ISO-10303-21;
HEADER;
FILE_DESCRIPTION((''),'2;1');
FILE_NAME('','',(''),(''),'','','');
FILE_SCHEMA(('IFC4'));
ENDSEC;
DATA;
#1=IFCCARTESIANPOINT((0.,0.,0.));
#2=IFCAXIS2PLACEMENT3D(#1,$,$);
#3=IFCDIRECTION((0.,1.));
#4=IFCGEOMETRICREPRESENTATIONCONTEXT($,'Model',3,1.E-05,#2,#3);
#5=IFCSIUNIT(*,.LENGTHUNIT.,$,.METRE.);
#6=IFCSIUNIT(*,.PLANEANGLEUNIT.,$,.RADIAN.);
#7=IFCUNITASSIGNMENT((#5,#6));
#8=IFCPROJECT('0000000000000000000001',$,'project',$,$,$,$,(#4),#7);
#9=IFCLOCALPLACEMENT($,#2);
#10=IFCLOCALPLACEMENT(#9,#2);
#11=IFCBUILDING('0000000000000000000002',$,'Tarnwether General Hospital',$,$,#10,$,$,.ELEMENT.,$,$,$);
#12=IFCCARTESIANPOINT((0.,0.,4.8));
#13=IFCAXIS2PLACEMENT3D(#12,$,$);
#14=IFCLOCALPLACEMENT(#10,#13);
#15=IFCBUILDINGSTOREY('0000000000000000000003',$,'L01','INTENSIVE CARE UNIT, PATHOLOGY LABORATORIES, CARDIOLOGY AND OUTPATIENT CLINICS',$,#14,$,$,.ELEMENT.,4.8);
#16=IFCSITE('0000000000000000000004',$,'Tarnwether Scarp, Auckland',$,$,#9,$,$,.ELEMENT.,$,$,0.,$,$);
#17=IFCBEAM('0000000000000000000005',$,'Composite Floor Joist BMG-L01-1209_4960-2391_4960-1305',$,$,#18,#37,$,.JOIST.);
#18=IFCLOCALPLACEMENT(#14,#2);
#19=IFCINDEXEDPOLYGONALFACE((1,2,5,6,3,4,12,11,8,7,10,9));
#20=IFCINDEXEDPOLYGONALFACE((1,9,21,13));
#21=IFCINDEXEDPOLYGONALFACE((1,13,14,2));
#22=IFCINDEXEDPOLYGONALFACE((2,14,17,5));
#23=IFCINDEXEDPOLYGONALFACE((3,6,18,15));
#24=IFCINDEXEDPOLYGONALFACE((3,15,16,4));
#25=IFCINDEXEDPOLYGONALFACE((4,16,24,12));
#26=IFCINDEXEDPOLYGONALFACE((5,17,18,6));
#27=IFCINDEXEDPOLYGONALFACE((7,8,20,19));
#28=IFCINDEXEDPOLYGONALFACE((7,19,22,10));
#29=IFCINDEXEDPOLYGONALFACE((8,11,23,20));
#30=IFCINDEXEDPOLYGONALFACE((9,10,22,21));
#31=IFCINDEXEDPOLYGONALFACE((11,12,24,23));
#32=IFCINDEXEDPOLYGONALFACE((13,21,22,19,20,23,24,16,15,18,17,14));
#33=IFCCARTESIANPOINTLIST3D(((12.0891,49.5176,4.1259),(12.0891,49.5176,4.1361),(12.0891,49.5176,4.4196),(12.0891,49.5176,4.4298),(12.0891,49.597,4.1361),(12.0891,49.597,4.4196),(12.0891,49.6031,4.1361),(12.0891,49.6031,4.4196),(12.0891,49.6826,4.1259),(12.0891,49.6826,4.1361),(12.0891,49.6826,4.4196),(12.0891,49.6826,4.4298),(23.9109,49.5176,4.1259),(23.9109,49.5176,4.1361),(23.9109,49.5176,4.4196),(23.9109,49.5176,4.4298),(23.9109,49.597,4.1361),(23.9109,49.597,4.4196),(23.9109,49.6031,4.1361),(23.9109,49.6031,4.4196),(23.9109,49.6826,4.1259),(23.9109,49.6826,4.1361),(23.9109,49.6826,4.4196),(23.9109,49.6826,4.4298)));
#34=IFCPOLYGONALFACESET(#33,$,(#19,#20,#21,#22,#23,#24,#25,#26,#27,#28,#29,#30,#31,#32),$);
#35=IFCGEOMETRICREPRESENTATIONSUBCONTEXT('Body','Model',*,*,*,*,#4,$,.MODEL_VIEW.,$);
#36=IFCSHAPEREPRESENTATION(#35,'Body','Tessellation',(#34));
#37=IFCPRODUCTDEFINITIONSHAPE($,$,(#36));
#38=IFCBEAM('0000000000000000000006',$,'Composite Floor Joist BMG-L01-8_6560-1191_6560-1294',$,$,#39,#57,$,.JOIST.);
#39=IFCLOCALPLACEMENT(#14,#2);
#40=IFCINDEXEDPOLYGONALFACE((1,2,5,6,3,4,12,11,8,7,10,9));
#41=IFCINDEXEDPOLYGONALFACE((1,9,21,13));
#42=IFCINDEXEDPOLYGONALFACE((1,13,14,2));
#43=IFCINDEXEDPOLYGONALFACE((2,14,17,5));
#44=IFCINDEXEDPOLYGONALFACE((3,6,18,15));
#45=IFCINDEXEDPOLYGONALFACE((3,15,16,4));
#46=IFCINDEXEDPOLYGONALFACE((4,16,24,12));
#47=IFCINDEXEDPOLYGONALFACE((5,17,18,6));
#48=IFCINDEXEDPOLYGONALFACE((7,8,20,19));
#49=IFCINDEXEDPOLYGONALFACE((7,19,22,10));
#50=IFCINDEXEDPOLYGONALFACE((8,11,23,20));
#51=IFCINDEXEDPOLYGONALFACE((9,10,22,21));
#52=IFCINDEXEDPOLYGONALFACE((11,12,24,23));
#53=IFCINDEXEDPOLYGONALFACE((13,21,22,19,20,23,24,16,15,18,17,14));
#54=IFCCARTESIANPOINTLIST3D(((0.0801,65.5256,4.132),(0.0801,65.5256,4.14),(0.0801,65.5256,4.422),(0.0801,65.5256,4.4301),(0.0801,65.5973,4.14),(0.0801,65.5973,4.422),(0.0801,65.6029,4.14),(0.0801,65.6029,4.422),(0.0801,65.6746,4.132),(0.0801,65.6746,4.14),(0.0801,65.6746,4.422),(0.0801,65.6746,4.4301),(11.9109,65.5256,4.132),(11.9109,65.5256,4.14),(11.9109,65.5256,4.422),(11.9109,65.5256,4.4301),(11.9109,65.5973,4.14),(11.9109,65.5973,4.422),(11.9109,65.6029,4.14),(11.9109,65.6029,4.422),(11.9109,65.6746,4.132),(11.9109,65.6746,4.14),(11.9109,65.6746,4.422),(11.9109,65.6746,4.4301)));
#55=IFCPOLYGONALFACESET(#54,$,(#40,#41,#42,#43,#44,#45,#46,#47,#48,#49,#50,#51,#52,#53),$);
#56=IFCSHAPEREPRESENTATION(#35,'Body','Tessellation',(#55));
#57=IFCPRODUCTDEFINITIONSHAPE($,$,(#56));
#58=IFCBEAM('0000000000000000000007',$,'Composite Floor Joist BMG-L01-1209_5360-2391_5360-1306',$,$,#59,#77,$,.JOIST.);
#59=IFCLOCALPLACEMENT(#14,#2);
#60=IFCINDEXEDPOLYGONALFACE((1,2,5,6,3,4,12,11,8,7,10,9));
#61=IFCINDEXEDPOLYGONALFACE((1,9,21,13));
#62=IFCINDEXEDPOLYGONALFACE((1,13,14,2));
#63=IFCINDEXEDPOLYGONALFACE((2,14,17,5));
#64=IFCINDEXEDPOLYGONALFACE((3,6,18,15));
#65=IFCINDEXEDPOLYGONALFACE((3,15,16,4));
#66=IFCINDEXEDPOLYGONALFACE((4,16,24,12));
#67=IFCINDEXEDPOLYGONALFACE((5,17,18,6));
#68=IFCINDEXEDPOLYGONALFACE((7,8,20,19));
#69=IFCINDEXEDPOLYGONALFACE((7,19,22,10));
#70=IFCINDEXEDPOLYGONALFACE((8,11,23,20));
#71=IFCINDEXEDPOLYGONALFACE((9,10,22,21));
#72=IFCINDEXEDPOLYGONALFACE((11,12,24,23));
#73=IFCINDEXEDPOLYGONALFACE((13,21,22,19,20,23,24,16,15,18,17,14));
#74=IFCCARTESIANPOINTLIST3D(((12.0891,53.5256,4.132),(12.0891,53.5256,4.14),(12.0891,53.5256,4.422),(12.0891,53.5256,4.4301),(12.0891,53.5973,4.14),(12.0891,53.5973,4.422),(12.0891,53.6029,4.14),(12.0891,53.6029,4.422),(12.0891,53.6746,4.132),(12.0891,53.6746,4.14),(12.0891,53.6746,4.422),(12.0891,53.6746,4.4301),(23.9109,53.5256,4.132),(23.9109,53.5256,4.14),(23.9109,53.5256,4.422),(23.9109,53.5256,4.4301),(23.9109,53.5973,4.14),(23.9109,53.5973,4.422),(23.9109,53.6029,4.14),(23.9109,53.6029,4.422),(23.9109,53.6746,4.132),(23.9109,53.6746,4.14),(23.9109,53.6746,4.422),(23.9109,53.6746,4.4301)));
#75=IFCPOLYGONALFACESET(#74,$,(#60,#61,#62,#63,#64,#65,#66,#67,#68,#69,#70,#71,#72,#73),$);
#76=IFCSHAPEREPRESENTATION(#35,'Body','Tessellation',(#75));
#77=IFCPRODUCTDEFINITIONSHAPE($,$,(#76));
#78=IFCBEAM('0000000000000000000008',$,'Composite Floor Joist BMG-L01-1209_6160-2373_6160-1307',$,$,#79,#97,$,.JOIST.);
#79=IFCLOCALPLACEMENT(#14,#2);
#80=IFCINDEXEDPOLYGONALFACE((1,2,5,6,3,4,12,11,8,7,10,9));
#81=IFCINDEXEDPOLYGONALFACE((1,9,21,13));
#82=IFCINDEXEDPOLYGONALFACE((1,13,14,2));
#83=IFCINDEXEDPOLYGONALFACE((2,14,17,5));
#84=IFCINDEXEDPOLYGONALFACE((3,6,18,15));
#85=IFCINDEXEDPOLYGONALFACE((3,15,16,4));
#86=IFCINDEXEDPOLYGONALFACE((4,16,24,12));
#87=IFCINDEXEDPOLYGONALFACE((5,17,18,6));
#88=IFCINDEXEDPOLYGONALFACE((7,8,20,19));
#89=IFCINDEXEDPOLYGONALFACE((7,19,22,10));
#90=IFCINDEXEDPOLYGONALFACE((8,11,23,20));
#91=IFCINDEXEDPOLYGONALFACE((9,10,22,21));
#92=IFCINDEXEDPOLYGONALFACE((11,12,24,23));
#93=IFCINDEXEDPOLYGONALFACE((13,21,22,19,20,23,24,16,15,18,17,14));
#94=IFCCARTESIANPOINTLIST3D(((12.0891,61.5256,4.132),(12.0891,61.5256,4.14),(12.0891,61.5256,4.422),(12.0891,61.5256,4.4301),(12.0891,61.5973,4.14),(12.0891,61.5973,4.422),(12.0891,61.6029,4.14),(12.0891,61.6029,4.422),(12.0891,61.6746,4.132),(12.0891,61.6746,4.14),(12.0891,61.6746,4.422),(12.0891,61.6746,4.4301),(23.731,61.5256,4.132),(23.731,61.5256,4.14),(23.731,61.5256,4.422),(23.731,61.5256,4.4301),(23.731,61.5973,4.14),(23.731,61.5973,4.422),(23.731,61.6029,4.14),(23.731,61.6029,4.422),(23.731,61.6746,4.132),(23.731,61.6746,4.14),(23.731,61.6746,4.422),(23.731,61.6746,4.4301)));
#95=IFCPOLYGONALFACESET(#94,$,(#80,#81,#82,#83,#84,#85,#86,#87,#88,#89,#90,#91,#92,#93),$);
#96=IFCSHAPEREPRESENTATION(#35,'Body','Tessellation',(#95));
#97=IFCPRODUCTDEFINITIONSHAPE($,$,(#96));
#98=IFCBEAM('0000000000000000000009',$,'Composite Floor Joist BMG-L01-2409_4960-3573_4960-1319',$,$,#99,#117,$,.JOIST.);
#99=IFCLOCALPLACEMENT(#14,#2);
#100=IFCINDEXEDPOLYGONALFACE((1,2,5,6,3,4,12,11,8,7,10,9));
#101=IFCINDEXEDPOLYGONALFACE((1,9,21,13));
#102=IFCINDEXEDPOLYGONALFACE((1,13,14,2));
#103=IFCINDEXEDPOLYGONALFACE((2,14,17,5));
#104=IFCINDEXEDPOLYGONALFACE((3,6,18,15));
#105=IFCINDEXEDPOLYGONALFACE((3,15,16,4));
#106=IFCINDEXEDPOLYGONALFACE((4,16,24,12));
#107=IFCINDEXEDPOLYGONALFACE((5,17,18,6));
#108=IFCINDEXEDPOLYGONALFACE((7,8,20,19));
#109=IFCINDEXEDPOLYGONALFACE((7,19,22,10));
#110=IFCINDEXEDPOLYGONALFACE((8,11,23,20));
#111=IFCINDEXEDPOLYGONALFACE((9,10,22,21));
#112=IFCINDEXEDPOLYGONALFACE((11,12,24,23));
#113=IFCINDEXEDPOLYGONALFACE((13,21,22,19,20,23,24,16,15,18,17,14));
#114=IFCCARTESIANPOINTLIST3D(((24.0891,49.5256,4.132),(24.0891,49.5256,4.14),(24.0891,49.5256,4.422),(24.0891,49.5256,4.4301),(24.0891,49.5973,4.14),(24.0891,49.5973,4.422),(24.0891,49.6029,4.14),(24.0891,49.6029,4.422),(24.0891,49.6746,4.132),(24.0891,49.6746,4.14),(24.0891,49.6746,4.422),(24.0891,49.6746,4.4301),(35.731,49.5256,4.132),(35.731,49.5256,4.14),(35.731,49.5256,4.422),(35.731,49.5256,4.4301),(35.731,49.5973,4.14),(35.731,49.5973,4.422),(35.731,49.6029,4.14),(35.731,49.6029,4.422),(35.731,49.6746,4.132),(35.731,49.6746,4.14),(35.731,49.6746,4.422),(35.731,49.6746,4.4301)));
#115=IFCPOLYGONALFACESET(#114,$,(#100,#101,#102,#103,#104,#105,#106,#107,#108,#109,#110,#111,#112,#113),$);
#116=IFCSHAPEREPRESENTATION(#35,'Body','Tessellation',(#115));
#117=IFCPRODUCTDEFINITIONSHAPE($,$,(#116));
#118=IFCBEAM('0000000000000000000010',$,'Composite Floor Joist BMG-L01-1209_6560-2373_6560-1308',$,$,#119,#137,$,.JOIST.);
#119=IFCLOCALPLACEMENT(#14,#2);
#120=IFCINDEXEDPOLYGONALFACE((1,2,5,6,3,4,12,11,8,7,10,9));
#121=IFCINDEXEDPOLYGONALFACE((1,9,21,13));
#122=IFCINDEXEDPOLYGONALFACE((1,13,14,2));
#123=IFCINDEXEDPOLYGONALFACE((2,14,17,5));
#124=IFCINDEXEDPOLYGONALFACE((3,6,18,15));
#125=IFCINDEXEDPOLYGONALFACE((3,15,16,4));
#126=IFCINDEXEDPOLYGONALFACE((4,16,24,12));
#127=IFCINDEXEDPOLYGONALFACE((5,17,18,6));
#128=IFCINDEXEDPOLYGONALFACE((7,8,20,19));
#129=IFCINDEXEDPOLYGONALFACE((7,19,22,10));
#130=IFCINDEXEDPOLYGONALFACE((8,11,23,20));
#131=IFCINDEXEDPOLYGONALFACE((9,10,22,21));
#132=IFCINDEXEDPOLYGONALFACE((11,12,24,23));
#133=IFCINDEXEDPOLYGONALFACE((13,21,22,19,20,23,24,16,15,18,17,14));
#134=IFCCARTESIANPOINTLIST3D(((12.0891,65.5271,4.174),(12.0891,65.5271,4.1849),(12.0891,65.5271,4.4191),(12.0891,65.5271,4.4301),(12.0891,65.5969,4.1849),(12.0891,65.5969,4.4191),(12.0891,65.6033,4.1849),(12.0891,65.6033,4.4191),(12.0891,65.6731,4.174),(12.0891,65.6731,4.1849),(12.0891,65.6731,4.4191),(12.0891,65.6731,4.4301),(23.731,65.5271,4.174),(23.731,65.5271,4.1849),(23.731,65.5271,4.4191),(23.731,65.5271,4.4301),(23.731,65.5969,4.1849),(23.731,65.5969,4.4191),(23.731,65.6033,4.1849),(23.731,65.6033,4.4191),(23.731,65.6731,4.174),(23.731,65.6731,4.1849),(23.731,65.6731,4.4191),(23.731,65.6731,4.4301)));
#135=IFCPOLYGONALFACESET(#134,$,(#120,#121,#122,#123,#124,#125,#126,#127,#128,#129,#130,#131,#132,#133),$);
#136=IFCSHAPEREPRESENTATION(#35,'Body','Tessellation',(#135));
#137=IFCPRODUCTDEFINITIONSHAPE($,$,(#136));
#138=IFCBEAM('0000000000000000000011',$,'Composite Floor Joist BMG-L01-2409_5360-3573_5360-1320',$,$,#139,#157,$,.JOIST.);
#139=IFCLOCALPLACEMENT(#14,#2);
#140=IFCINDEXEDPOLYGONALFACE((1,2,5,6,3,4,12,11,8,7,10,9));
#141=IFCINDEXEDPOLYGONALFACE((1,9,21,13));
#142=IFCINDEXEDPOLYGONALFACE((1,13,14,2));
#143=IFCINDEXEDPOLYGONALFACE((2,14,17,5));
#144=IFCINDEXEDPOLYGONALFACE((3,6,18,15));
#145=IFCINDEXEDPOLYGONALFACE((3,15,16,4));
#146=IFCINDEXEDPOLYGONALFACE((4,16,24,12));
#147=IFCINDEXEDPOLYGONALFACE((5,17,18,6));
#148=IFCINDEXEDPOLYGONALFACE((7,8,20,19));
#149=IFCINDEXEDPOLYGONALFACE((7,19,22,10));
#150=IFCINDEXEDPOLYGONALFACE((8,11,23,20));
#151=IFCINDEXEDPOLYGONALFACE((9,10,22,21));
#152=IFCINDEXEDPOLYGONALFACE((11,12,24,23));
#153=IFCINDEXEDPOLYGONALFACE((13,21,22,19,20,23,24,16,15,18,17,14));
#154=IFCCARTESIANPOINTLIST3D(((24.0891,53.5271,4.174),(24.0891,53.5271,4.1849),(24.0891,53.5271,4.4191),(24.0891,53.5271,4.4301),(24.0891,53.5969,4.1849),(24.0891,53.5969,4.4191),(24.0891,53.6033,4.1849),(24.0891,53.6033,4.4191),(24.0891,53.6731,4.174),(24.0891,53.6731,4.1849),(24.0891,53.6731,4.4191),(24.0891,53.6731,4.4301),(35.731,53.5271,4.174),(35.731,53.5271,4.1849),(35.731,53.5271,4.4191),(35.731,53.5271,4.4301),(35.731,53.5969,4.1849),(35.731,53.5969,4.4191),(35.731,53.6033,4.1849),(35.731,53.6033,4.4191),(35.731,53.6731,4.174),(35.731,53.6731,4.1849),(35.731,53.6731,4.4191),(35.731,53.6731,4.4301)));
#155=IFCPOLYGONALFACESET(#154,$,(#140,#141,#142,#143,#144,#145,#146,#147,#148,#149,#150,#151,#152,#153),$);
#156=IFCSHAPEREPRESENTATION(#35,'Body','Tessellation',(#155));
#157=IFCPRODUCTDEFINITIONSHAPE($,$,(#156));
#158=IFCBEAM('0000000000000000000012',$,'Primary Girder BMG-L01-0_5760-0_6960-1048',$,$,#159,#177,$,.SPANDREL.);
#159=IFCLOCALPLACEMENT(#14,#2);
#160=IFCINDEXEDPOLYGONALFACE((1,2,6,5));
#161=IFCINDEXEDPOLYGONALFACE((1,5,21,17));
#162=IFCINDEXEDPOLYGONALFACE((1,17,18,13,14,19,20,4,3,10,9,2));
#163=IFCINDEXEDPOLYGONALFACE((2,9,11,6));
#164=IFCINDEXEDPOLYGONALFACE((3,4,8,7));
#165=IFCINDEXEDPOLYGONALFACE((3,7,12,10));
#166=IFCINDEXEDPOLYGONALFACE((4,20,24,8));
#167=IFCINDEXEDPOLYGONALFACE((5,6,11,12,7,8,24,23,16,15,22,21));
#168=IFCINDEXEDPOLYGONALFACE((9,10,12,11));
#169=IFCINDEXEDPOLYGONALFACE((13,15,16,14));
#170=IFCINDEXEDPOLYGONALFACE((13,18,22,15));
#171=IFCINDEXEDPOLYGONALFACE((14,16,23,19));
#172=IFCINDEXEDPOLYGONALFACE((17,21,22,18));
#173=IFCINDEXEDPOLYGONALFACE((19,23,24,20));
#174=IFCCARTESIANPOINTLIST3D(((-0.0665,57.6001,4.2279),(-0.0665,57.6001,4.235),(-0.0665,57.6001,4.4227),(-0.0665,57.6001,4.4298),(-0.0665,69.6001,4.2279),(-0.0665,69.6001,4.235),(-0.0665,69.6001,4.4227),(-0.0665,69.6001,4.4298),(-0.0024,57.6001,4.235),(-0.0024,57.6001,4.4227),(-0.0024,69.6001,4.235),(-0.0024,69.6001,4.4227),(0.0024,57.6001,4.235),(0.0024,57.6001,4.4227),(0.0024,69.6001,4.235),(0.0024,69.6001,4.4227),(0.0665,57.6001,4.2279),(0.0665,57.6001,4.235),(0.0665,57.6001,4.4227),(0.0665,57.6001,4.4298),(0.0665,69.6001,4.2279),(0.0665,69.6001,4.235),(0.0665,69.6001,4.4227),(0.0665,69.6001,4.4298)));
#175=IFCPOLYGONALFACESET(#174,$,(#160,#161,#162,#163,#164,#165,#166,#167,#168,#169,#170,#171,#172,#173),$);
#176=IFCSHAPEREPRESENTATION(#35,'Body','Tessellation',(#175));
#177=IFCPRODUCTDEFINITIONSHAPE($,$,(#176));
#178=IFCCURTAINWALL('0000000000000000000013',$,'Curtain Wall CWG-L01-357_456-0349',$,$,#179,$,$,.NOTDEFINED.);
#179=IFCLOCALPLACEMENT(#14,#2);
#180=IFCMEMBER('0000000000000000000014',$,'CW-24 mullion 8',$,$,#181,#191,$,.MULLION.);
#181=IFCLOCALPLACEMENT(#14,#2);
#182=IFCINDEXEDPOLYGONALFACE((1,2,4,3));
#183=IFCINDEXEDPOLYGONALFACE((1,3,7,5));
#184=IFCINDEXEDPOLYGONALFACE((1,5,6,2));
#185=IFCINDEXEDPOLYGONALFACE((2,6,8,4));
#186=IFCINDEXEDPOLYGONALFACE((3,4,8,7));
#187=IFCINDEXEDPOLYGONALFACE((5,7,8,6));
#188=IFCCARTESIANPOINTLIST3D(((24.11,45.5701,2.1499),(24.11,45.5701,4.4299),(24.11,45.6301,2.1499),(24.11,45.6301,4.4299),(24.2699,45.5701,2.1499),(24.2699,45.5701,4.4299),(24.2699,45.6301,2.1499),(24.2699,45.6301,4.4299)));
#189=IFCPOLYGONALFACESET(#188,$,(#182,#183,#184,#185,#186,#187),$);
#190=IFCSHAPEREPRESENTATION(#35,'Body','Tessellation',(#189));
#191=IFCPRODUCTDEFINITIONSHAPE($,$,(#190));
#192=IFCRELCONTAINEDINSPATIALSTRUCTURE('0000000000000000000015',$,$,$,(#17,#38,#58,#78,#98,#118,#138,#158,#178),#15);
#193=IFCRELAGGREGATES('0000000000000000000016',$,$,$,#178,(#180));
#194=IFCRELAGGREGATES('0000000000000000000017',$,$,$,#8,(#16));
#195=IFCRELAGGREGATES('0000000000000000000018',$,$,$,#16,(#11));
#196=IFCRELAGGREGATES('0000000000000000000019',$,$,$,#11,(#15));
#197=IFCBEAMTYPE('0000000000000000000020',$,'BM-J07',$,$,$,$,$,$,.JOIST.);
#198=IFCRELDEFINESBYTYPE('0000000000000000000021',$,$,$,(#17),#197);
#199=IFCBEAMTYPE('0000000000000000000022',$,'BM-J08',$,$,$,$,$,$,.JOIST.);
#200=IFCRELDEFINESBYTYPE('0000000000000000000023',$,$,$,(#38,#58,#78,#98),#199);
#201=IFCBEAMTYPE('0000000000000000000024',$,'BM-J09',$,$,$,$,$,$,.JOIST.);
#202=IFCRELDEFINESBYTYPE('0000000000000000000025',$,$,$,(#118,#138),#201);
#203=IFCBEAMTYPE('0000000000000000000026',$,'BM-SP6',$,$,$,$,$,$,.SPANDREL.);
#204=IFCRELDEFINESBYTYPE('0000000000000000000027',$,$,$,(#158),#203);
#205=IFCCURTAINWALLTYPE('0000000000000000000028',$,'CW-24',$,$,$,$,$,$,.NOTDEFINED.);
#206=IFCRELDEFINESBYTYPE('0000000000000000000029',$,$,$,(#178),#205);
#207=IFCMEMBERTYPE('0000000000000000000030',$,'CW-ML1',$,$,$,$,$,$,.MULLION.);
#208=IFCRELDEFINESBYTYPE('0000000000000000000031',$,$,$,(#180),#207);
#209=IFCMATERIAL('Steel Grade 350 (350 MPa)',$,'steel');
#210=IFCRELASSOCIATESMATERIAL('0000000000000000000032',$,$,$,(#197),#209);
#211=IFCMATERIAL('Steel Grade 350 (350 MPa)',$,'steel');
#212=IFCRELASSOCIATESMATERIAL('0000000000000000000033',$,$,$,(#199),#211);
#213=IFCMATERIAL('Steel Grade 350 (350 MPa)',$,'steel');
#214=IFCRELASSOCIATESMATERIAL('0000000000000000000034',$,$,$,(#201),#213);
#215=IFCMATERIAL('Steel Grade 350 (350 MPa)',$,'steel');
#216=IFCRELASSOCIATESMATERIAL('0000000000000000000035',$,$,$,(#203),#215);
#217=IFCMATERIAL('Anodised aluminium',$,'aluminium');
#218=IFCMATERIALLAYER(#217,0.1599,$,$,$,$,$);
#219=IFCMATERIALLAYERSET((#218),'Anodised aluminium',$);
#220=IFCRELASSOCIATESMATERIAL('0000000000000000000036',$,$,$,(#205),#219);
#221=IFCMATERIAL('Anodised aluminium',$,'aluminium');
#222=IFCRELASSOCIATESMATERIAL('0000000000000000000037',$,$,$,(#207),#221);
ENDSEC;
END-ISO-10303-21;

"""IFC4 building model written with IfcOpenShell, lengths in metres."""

from ifc_helpers import new_model, si_unit, direction, frame, origin, origin_2d, place, context, subcontext, project, spatial, rectangle, i_section, extrude, material, layer, layer_set, material_profile, profile_set, type_object, element, aggregate, save


model = new_model("IFC4")

# Units and contexts
model_context = context("Model", 3, precision=1e-05, world=origin(), true_north=direction((0.0, 1.0)))
body_context = subcontext(model_context, "Body", "Model", "MODEL_VIEW")
ifc_project = project(units=[si_unit("LENGTHUNIT", "METRE"), si_unit("PLANEANGLEUNIT", "RADIAN")], contexts=[model_context])

# Site, building, storey
site_placement = place(None, origin())
site = spatial("IfcSite", under=ifc_project, at=site_placement, Name="Tarnwether Scarp, Auckland", CompositionType="ELEMENT", RefElevation=0.0)
building_placement = place(site_placement, origin())
building = spatial("IfcBuilding", under=site, at=building_placement, Name="Tarnwether General Hospital", CompositionType="ELEMENT")
storey_placement = place(building_placement, frame((0.0, 0.0, 4.8)))
storey = spatial("IfcBuildingStorey", under=building, at=storey_placement, Name="L01", Description="INTENSIVE CARE UNIT, PATHOLOGY LABORATORIES, CARDIOLOGY AND OUTPATIENT CLINICS", CompositionType="ELEMENT", Elevation=4.8)

# Beams
ifc_material_1 = material(Name="Steel Grade 350 (350 MPa)", Category="steel")
ifc_material_profile_1 = material_profile(ifc_material_1, i_section(OverallWidth=0.165, OverallDepth=0.304, WebThickness=0.0061, FlangeThickness=0.0103, at=origin_2d()), Name="310UB40.4")
ifc_profile_set_1 = profile_set([ifc_material_profile_1], Name="Steel Grade 350 (350 MPa)")
beam_type_1 = type_object("IfcBeamType", Name="BM-J07", PredefinedType="JOIST", material=ifc_profile_set_1)
beam_1_placement = place(storey_placement, frame((12.0891, 49.6001, 4.2778), z_axis=(1.0, 0.0, 0.0), x_axis=(0.0, 1.0, 0.0)))
element("IfcBeam", 1, at=beam_1_placement, inside=storey, type_object=beam_type_1, Name="Composite Floor Joist BMG-L01-1209_4960-2391_4960-1305", PredefinedType="JOIST", context=body_context, shape_type="SweptSolid", body=[
    extrude(i_section(OverallWidth=0.165, OverallDepth=0.304, WebThickness=0.0061, FlangeThickness=0.0103, at=origin_2d()), origin(), (0.0, 0.0, 1.0), 11.8218),
])
ifc_material_2 = material(Name="Steel Grade 350 (350 MPa)", Category="steel")
ifc_material_profile_2 = material_profile(ifc_material_2, i_section(OverallWidth=0.1489, OverallDepth=0.2981, WebThickness=0.0056, FlangeThickness=0.0081, at=origin_2d()), Name="310UB32.0")
ifc_profile_set_2 = profile_set([ifc_material_profile_2], Name="Steel Grade 350 (350 MPa)")
beam_type_2 = type_object("IfcBeamType", Name="BM-J08", PredefinedType="JOIST", material=ifc_profile_set_2)
beam_2_placement = place(storey_placement, frame((0.0801, 65.6001, 4.281), z_axis=(1.0, 0.0, 0.0), x_axis=(0.0, 1.0, 0.0)))
element("IfcBeam", 2, at=beam_2_placement, inside=storey, type_object=beam_type_2, Name="Composite Floor Joist BMG-L01-8_6560-1191_6560-1294", PredefinedType="JOIST", context=body_context, shape_type="SweptSolid", body=[
    extrude(i_section(OverallWidth=0.1489, OverallDepth=0.2981, WebThickness=0.0056, FlangeThickness=0.0081, at=origin_2d()), origin(), (0.0, 0.0, 1.0), 11.8308),
])
beam_3_placement = place(storey_placement, frame((12.0891, 53.6001, 4.281), z_axis=(1.0, 0.0, 0.0), x_axis=(0.0, 1.0, 0.0)))
element("IfcBeam", 3, at=beam_3_placement, inside=storey, type_object=beam_type_2, Name="Composite Floor Joist BMG-L01-1209_5360-2391_5360-1306", PredefinedType="JOIST", context=body_context, shape_type="SweptSolid", body=[
    extrude(i_section(OverallWidth=0.1489, OverallDepth=0.2981, WebThickness=0.0056, FlangeThickness=0.0081, at=origin_2d()), origin(), (0.0, 0.0, 1.0), 11.8218),
])
for number, where, z_axis, x_axis, name in (
    (4, (12.0891, 61.6001, 4.281), (1.0, 0.0, 0.0), (0.0, 1.0, 0.0), "Composite Floor Joist BMG-L01-1209_6160-2373_6160-1307"),
    (5, (24.0891, 49.6001, 4.281), (1.0, 0.0, 0.0), (0.0, 1.0, 0.0), "Composite Floor Joist BMG-L01-2409_4960-3573_4960-1319"),
):
    element("IfcBeam", number, at=place(storey_placement, frame(where, z_axis=z_axis, x_axis=x_axis)), inside=storey, type_object=beam_type_2, Name=name, PredefinedType="JOIST", context=body_context, shape_type="SweptSolid", body=[
        extrude(i_section(OverallWidth=0.1489, OverallDepth=0.2981, WebThickness=0.0056, FlangeThickness=0.0081, at=origin_2d()), origin(), (0.0, 0.0, 1.0), 11.6418),
    ])
ifc_material_3 = material(Name="Steel Grade 350 (350 MPa)", Category="steel")
ifc_material_profile_3 = material_profile(ifc_material_3, i_section(OverallWidth=0.146, OverallDepth=0.2561, WebThickness=0.0063, FlangeThickness=0.011, at=origin_2d()), Name="250UB37.3")
ifc_profile_set_3 = profile_set([ifc_material_profile_3], Name="Steel Grade 350 (350 MPa)")
beam_type_3 = type_object("IfcBeamType", Name="BM-J09", PredefinedType="JOIST", material=ifc_profile_set_3)
for number, where, z_axis, x_axis, name in (
    (6, (12.0891, 65.6001, 4.302), (1.0, 0.0, 0.0), (0.0, 1.0, 0.0), "Composite Floor Joist BMG-L01-1209_6560-2373_6560-1308"),
    (7, (24.0891, 53.6001, 4.302), (1.0, 0.0, 0.0), (0.0, 1.0, 0.0), "Composite Floor Joist BMG-L01-2409_5360-3573_5360-1320"),
):
    element("IfcBeam", number, at=place(storey_placement, frame(where, z_axis=z_axis, x_axis=x_axis)), inside=storey, type_object=beam_type_3, Name=name, PredefinedType="JOIST", context=body_context, shape_type="SweptSolid", body=[
        extrude(i_section(OverallWidth=0.146, OverallDepth=0.2561, WebThickness=0.0063, FlangeThickness=0.011, at=origin_2d()), origin(), (0.0, 0.0, 1.0), 11.6418),
    ])
ifc_material_4 = material(Name="Steel Grade 350 (350 MPa)", Category="steel")
ifc_material_profile_4 = material_profile(ifc_material_4, i_section(OverallWidth=0.1331, OverallDepth=0.2019, WebThickness=0.0049, FlangeThickness=0.0071, at=origin_2d()), Name="200UB22.3")
ifc_profile_set_4 = profile_set([ifc_material_profile_4], Name="Steel Grade 350 (350 MPa)")
beam_type_4 = type_object("IfcBeamType", Name="BM-SP6", PredefinedType="SPANDREL", material=ifc_profile_set_4)
beam_4_placement = place(storey_placement, frame((0.0, 57.6001, 4.3289), z_axis=(0.0, 1.0, 0.0), x_axis=(-1.0, 0.0, 0.0)))
element("IfcBeam", 8, at=beam_4_placement, inside=storey, type_object=beam_type_4, Name="Primary Girder BMG-L01-0_5760-0_6960-1048", PredefinedType="SPANDREL", context=body_context, shape_type="SweptSolid", body=[
    extrude(i_section(OverallWidth=0.1331, OverallDepth=0.2019, WebThickness=0.0049, FlangeThickness=0.0071, at=origin_2d()), origin(), (0.0, 0.0, 1.0), 12.0),
])

# Curtain wall, member
ifc_material_5 = material(Name="Anodised aluminium", Category="aluminium")
ifc_layer_1 = layer(ifc_material_5, 0.1599)
ifc_layer_set_1 = layer_set([ifc_layer_1], Name="Anodised aluminium")
curtain_wall_type = type_object("IfcCurtainWallType", Name="CW-24", PredefinedType="NOTDEFINED", material=ifc_layer_set_1)
curtain_wall_1_placement = place(storey_placement, origin())
curtain_wall_1 = element("IfcCurtainWall", 9, at=curtain_wall_1_placement, inside=storey, type_object=curtain_wall_type, Name="Curtain Wall CWG-L01-357_456-0349", PredefinedType="NOTDEFINED")
ifc_material_6 = material(Name="Anodised aluminium", Category="aluminium")
ifc_material_profile_5 = material_profile(ifc_material_6, rectangle(XDim=0.0601, YDim=0.1599, at=origin_2d()), Name="ALU-MUL-60x160")
ifc_profile_set_5 = profile_set([ifc_material_profile_5], Name="Anodised aluminium")
member_type_1 = type_object("IfcMemberType", Name="CW-ML1", PredefinedType="MULLION", material=ifc_profile_set_5)
member_1_placement = place(storey_placement, frame((24.1899, 45.6001, 2.1499), z_axis=(0.0, 0.0, 1.0), x_axis=(0.0, -1.0, 0.0)))
member_1 = element("IfcMember", 10, at=member_1_placement, type_object=member_type_1, Name="CW-24 mullion 8", PredefinedType="MULLION", context=body_context, shape_type="SweptSolid", body=[
    extrude(rectangle(XDim=0.0601, YDim=0.1599, at=origin_2d()), origin(), (0.0, 0.0, 1.0), 2.28),
])
aggregate(curtain_wall_1, [member_1])

save(model, "model.ifc")
